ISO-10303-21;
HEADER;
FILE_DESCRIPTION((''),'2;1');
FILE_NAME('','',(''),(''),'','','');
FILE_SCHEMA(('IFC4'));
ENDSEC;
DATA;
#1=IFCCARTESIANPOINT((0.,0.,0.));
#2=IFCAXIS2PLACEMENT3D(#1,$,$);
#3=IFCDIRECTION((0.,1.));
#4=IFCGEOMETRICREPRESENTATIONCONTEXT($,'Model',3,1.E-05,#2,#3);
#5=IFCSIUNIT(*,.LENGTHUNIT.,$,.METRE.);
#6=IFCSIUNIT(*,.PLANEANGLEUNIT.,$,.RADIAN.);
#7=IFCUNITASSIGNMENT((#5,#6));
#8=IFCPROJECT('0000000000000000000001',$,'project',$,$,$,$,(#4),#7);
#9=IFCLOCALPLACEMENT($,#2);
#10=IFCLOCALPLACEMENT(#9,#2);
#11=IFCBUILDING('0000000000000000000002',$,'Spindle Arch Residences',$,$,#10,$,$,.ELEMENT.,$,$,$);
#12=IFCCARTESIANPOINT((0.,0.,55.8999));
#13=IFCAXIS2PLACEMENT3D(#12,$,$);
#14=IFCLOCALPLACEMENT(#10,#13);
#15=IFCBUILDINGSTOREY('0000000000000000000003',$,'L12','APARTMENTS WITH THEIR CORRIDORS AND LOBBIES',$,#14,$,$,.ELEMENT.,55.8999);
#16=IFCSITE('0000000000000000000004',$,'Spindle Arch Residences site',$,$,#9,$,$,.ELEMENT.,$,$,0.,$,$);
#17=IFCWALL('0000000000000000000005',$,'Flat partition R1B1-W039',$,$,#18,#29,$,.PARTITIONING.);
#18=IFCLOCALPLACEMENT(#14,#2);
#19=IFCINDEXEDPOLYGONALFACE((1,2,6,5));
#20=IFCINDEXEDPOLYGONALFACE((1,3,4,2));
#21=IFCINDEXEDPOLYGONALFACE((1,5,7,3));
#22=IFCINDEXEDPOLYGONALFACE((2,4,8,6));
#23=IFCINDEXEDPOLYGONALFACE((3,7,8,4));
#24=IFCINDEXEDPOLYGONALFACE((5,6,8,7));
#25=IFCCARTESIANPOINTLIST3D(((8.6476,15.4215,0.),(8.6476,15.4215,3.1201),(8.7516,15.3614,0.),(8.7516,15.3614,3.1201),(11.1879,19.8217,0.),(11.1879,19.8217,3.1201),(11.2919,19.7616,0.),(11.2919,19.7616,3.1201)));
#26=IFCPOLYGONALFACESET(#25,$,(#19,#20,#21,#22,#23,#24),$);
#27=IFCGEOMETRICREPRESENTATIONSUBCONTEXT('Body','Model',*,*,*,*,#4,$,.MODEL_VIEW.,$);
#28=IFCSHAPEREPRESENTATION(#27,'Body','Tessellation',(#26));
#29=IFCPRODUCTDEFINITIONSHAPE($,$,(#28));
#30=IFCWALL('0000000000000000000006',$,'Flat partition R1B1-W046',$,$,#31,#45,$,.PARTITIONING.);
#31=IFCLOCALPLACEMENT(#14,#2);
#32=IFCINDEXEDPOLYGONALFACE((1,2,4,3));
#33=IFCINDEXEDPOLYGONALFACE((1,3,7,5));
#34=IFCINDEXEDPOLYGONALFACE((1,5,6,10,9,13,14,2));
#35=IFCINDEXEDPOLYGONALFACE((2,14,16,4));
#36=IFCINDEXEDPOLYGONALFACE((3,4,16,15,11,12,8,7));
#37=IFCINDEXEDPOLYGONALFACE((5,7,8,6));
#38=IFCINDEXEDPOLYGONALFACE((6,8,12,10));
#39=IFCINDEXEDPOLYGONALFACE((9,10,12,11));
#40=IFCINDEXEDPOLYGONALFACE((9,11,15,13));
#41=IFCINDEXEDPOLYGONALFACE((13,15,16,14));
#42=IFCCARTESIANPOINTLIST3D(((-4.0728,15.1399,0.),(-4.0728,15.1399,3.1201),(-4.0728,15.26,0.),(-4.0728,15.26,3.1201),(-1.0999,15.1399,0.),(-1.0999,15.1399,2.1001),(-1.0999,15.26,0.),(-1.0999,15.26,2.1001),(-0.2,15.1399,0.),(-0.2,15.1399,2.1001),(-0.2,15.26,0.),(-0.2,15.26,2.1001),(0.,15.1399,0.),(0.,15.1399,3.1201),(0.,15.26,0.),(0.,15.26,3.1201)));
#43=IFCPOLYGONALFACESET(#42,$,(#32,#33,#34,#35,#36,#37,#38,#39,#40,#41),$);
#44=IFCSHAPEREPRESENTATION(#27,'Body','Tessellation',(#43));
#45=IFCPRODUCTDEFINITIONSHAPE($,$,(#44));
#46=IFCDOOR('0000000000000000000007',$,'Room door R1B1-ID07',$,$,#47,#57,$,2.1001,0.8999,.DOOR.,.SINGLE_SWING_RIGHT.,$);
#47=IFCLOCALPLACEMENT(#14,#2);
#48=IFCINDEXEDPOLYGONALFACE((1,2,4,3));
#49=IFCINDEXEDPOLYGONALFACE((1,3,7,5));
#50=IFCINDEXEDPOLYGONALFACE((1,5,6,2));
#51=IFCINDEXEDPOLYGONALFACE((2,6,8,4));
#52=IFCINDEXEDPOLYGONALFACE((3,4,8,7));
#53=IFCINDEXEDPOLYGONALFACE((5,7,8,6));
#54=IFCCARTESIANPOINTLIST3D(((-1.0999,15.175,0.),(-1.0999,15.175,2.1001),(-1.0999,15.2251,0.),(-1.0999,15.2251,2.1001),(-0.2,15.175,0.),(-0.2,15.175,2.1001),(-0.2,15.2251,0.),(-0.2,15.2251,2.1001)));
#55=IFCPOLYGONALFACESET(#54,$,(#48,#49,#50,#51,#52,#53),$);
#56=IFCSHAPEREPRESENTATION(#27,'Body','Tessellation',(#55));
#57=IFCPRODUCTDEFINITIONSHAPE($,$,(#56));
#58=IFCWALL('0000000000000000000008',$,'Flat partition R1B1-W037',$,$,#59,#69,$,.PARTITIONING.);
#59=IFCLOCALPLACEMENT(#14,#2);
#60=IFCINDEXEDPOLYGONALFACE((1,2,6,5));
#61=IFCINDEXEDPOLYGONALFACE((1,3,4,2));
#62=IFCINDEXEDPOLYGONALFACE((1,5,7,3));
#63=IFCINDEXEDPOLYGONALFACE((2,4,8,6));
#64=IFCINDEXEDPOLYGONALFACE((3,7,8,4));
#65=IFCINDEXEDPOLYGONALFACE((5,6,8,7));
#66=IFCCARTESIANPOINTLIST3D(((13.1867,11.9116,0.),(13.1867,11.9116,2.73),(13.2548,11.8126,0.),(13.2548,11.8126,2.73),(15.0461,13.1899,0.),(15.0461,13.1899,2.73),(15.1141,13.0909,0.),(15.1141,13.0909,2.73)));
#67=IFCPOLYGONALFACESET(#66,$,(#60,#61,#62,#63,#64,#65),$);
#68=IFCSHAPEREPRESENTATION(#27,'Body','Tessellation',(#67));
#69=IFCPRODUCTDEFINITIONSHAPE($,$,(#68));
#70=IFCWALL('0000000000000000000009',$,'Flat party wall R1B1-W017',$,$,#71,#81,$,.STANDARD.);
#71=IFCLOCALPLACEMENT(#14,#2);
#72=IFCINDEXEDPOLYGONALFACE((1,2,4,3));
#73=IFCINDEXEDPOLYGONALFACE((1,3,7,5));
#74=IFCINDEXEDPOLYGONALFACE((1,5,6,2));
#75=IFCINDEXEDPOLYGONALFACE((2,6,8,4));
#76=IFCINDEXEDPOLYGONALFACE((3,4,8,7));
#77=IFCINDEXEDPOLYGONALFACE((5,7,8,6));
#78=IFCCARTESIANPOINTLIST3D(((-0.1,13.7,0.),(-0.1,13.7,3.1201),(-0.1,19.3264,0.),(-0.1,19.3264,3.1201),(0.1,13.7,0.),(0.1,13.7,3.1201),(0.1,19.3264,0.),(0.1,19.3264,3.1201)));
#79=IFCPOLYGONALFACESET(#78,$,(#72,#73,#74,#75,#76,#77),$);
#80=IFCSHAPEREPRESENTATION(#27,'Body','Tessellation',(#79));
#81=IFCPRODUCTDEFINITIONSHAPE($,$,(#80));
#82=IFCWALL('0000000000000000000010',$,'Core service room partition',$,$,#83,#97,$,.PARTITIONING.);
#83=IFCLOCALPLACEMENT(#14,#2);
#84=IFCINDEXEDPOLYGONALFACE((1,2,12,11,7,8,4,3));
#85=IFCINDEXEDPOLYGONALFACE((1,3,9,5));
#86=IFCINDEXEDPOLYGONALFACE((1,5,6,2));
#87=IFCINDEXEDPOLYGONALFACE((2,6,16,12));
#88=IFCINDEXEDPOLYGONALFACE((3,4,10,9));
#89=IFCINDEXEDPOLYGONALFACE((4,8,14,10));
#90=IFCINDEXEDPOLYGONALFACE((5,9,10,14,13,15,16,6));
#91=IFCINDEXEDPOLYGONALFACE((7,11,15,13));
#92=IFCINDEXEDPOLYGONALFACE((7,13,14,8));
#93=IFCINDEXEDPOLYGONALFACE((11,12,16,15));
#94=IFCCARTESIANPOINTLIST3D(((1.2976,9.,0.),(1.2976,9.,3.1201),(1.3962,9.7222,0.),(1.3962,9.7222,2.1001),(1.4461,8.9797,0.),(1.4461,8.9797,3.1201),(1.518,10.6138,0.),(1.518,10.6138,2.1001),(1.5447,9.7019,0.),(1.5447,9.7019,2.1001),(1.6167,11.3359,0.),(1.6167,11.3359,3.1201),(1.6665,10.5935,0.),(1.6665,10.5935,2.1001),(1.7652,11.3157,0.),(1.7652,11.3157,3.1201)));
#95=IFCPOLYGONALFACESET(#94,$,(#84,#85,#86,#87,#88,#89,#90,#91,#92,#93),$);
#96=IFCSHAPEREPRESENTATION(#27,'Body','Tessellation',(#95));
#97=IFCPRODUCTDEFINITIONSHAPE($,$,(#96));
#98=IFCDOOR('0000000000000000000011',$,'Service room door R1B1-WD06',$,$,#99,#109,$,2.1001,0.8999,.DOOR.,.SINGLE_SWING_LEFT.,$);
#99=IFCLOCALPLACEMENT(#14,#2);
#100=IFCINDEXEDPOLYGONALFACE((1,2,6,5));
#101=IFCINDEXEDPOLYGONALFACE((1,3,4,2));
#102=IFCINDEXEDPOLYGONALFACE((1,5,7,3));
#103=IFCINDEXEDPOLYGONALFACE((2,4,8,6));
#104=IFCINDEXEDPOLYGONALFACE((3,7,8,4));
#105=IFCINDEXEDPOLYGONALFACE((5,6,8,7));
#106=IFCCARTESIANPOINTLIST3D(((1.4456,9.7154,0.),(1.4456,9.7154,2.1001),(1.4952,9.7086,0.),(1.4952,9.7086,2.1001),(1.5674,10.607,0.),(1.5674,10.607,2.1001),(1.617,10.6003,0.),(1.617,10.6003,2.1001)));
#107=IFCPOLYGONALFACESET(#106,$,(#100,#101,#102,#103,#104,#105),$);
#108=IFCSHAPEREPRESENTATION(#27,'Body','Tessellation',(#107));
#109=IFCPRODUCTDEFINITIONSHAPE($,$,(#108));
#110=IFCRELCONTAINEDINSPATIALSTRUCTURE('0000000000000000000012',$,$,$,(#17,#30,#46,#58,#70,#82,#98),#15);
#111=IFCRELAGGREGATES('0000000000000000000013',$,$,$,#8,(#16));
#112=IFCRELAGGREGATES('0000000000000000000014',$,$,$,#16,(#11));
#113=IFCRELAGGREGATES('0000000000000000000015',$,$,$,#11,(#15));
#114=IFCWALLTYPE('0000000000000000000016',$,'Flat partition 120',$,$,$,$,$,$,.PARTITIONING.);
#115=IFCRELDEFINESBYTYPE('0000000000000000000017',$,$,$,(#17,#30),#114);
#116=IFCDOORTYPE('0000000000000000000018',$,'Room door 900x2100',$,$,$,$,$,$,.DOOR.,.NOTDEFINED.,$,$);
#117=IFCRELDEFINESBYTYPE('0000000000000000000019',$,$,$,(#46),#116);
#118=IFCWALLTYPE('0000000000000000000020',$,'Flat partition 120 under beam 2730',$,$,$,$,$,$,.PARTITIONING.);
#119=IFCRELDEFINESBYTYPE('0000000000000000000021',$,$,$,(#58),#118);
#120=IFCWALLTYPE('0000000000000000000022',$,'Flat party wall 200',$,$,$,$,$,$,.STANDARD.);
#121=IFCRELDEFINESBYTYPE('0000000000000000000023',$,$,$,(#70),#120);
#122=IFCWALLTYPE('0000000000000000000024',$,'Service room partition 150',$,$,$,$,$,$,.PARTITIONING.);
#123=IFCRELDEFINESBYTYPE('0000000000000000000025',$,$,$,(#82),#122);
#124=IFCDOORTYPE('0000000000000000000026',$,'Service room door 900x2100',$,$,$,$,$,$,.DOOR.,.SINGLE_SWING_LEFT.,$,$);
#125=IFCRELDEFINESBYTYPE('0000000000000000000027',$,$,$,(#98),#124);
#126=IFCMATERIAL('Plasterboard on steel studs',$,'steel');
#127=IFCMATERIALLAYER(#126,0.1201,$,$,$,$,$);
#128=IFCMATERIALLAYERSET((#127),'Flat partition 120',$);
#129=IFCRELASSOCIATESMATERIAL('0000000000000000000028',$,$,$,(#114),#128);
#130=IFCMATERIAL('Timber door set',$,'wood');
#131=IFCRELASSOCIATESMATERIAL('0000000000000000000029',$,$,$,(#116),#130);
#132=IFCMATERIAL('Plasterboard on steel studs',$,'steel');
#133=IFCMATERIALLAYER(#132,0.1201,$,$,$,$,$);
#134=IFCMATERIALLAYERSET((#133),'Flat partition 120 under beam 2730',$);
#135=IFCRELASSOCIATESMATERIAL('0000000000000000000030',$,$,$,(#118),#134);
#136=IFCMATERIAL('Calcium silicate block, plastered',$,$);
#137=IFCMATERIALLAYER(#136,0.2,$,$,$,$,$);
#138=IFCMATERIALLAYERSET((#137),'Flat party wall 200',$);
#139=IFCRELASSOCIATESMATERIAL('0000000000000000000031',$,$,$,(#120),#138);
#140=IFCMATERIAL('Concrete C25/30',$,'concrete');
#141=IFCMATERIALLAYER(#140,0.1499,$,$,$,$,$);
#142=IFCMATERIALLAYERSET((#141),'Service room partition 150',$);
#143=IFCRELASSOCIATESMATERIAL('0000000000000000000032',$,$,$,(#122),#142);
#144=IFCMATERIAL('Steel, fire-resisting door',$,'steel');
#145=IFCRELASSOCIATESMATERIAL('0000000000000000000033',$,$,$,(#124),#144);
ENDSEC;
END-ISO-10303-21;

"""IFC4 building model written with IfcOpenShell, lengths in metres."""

from ifc_helpers import new_model, si_unit, direction, frame, frame_2d, origin, place, context, subcontext, project, spatial, rectangle, extrude, material, layer, layer_set, type_object, element, fill, save


model = new_model("IFC4")

# Units and contexts
model_context = context("Model", 3, precision=1e-05, world=origin(), true_north=direction((0.0, 1.0)))
body_context = subcontext(model_context, "Body", "Model", "MODEL_VIEW")
ifc_project = project(units=[si_unit("LENGTHUNIT", "METRE"), si_unit("PLANEANGLEUNIT", "RADIAN")], contexts=[model_context])

# Site, building, storey
site_placement = place(None, origin())
site = spatial("IfcSite", under=ifc_project, at=site_placement, Name="Spindle Arch Residences site", CompositionType="ELEMENT", RefElevation=0.0)
building_placement = place(site_placement, origin())
building = spatial("IfcBuilding", under=site, at=building_placement, Name="Spindle Arch Residences", CompositionType="ELEMENT")
storey_placement = place(building_placement, frame((0.0, 0.0, 55.8999)))
storey = spatial("IfcBuildingStorey", under=building, at=storey_placement, Name="L12", Description="APARTMENTS WITH THEIR CORRIDORS AND LOBBIES", CompositionType="ELEMENT", Elevation=55.8999)

# Shared definitions
ifc_material_1 = material(Name="Plasterboard on steel studs", Category="steel")
ifc_layer_1 = layer(ifc_material_1, 0.1201)
ifc_layer_set_1 = layer_set([ifc_layer_1], Name="Flat partition 120")
wall_type_1 = type_object("IfcWallType", Name="Flat partition 120", PredefinedType="PARTITIONING", material=ifc_layer_set_1)
ifc_material_2 = material(Name="Timber door set", Category="wood")
door_type_1 = type_object("IfcDoorType", Name="Room door 900x2100", OperationType="NOTDEFINED", PredefinedType="DOOR", material=ifc_material_2)

# Wall
wall_1_placement = place(storey_placement, frame((11.24, 19.7917, 0.0), z_axis=(0.0, 0.0, 1.0), x_axis=(-0.499979, -0.866038, 0.0)))
element("IfcWall", 1, at=wall_1_placement, inside=storey, type_object=wall_type_1, Name="Flat partition R1B1-W039", PredefinedType="PARTITIONING", context=body_context, shape_type="SweptSolid", body=[
    extrude(rectangle(XDim=5.0808, YDim=0.1201, at=frame_2d((2.5405, 0.0))), origin(), (0.0, 0.0, 1.0), 3.1201),
])

# Wall, opening, door
wall_2_placement = place(storey_placement, frame((0.0, 15.2, 0.0), z_axis=(0.0, 0.0, 1.0), x_axis=(-1.0, 0.0, 0.0)))
wall_2 = element("IfcWall", 2, at=wall_2_placement, inside=storey, type_object=wall_type_1, Name="Flat partition R1B1-W046", PredefinedType="PARTITIONING", context=body_context, shape_type="SweptSolid", body=[
    extrude(rectangle(XDim=4.0728, YDim=0.1201, at=frame_2d((2.0364, 0.0))), origin(), (0.0, 0.0, 1.0), 3.1201),
])
opening_1_placement = place(wall_2_placement, frame((0.2, 0.0, 0.0)))
opening_1 = element("IfcOpeningElement", 3, at=opening_1_placement, cuts=wall_2, PredefinedType="OPENING", context=body_context, shape_type="SweptSolid", body=[
    extrude(rectangle(XDim=0.8999, YDim=2.1001, at=frame_2d((0.45, 1.05))), frame((0.0, 0.0701, 0.0), z_axis=(0.0, -1.0, 0.0), x_axis=(1.0, 0.0, 0.0)), (0.0, 0.0, 1.0), 0.1401),
])
door_1_placement = place(opening_1_placement, origin())
door_1 = element("IfcDoor", 4, at=door_1_placement, inside=storey, type_object=door_type_1, Name="Room door R1B1-ID07", OperationType="SINGLE_SWING_RIGHT", OverallHeight=2.1001, OverallWidth=0.8999, PredefinedType="DOOR", context=body_context, shape_type="SweptSolid", body=[
    extrude(rectangle(XDim=0.8999, YDim=2.1001, at=frame_2d((0.45, 1.05))), frame((0.0, 0.0249, 0.0), z_axis=(0.0, -1.0, 0.0), x_axis=(1.0, 0.0, 0.0)), (0.0, 0.0, 1.0), 0.05),
])
fill(opening_1, door_1)

# Walls
ifc_material_3 = material(Name="Plasterboard on steel studs", Category="steel")
ifc_layer_2 = layer(ifc_material_3, 0.1201)
ifc_layer_set_2 = layer_set([ifc_layer_2], Name="Flat partition 120 under beam 2730")
wall_type_2 = type_object("IfcWallType", Name="Flat partition 120 under beam 2730", PredefinedType="PARTITIONING", material=ifc_layer_set_2)
wall_3_placement = place(storey_placement, frame((15.0801, 13.1404, 0.0), z_axis=(0.0, 0.0, 1.0), x_axis=(-0.824042, -0.566529, 0.0)))
element("IfcWall", 5, at=wall_3_placement, inside=storey, type_object=wall_type_2, Name="Flat partition R1B1-W037", PredefinedType="PARTITIONING", context=body_context, shape_type="SweptSolid", body=[
    extrude(rectangle(XDim=2.2563, YDim=0.1201, at=frame_2d((1.1282, 0.0))), origin(), (0.0, 0.0, 1.0), 2.73),
])
ifc_material_4 = material(Name="Calcium silicate block, plastered")
ifc_layer_3 = layer(ifc_material_4, 0.2)
ifc_layer_set_3 = layer_set([ifc_layer_3], Name="Flat party wall 200")
wall_type_3 = type_object("IfcWallType", Name="Flat party wall 200", PredefinedType="STANDARD", material=ifc_layer_set_3)
wall_4_placement = place(storey_placement, frame((0.0, 19.3264, 0.0), z_axis=(0.0, 0.0, 1.0), x_axis=(0.0, -1.0, 0.0)))
element("IfcWall", 6, at=wall_4_placement, inside=storey, type_object=wall_type_3, Name="Flat party wall R1B1-W017", PredefinedType="STANDARD", context=body_context, shape_type="SweptSolid", body=[
    extrude(rectangle(XDim=5.6265, YDim=0.2, at=frame_2d((2.8132, 0.0))), origin(), (0.0, 0.0, 1.0), 3.1201),
])

# Wall, opening, door
ifc_material_5 = material(Name="Concrete C25/30", Category="concrete")
ifc_layer_4 = layer(ifc_material_5, 0.1499)
ifc_layer_set_4 = layer_set([ifc_layer_4], Name="Service room partition 150")
wall_type_4 = type_object("IfcWallType", Name="Service room partition 150", PredefinedType="PARTITIONING", material=ifc_layer_set_4)
wall_5_placement = place(storey_placement, frame((1.6909, 11.3257, 0.0), z_axis=(0.0, 0.0, 1.0), x_axis=(-0.135344, -0.990799, 0.0)))
wall_5 = element("IfcWall", 7, at=wall_5_placement, inside=storey, type_object=wall_type_4, Name="Core service room partition", PredefinedType="PARTITIONING", context=body_context, shape_type="SweptSolid", body=[
    extrude(rectangle(XDim=2.3577, YDim=0.1499, at=frame_2d((1.1787, 0.0))), origin(), (0.0, 0.0, 1.0), 3.1201),
])
opening_2_placement = place(wall_5_placement, frame((0.7288, 0.0, 0.0)))
opening_2 = element("IfcOpeningElement", 8, at=opening_2_placement, cuts=wall_5, PredefinedType="OPENING", context=body_context, shape_type="SweptSolid", body=[
    extrude(rectangle(XDim=0.8999, YDim=2.1001, at=frame_2d((0.45, 1.05))), frame((0.0, 0.085, 0.0), z_axis=(0.0, -1.0, 0.0), x_axis=(1.0, 0.0, 0.0)), (0.0, 0.0, 1.0), 0.1699),
])
ifc_material_6 = material(Name="Steel, fire-resisting door", Category="steel")
door_type_2 = type_object("IfcDoorType", Name="Service room door 900x2100", OperationType="SINGLE_SWING_LEFT", PredefinedType="DOOR", material=ifc_material_6)
door_2_placement = place(opening_2_placement, origin())
door_2 = element("IfcDoor", 9, at=door_2_placement, inside=storey, type_object=door_type_2, Name="Service room door R1B1-WD06", OperationType="SINGLE_SWING_LEFT", OverallHeight=2.1001, OverallWidth=0.8999, PredefinedType="DOOR", context=body_context, shape_type="SweptSolid", body=[
    extrude(rectangle(XDim=0.8999, YDim=2.1001, at=frame_2d((0.45, 1.05))), frame((0.0, 0.0249, 0.0), z_axis=(0.0, -1.0, 0.0), x_axis=(1.0, 0.0, 0.0)), (0.0, 0.0, 1.0), 0.05),
])
fill(opening_2, door_2)

save(model, "model.ifc")
